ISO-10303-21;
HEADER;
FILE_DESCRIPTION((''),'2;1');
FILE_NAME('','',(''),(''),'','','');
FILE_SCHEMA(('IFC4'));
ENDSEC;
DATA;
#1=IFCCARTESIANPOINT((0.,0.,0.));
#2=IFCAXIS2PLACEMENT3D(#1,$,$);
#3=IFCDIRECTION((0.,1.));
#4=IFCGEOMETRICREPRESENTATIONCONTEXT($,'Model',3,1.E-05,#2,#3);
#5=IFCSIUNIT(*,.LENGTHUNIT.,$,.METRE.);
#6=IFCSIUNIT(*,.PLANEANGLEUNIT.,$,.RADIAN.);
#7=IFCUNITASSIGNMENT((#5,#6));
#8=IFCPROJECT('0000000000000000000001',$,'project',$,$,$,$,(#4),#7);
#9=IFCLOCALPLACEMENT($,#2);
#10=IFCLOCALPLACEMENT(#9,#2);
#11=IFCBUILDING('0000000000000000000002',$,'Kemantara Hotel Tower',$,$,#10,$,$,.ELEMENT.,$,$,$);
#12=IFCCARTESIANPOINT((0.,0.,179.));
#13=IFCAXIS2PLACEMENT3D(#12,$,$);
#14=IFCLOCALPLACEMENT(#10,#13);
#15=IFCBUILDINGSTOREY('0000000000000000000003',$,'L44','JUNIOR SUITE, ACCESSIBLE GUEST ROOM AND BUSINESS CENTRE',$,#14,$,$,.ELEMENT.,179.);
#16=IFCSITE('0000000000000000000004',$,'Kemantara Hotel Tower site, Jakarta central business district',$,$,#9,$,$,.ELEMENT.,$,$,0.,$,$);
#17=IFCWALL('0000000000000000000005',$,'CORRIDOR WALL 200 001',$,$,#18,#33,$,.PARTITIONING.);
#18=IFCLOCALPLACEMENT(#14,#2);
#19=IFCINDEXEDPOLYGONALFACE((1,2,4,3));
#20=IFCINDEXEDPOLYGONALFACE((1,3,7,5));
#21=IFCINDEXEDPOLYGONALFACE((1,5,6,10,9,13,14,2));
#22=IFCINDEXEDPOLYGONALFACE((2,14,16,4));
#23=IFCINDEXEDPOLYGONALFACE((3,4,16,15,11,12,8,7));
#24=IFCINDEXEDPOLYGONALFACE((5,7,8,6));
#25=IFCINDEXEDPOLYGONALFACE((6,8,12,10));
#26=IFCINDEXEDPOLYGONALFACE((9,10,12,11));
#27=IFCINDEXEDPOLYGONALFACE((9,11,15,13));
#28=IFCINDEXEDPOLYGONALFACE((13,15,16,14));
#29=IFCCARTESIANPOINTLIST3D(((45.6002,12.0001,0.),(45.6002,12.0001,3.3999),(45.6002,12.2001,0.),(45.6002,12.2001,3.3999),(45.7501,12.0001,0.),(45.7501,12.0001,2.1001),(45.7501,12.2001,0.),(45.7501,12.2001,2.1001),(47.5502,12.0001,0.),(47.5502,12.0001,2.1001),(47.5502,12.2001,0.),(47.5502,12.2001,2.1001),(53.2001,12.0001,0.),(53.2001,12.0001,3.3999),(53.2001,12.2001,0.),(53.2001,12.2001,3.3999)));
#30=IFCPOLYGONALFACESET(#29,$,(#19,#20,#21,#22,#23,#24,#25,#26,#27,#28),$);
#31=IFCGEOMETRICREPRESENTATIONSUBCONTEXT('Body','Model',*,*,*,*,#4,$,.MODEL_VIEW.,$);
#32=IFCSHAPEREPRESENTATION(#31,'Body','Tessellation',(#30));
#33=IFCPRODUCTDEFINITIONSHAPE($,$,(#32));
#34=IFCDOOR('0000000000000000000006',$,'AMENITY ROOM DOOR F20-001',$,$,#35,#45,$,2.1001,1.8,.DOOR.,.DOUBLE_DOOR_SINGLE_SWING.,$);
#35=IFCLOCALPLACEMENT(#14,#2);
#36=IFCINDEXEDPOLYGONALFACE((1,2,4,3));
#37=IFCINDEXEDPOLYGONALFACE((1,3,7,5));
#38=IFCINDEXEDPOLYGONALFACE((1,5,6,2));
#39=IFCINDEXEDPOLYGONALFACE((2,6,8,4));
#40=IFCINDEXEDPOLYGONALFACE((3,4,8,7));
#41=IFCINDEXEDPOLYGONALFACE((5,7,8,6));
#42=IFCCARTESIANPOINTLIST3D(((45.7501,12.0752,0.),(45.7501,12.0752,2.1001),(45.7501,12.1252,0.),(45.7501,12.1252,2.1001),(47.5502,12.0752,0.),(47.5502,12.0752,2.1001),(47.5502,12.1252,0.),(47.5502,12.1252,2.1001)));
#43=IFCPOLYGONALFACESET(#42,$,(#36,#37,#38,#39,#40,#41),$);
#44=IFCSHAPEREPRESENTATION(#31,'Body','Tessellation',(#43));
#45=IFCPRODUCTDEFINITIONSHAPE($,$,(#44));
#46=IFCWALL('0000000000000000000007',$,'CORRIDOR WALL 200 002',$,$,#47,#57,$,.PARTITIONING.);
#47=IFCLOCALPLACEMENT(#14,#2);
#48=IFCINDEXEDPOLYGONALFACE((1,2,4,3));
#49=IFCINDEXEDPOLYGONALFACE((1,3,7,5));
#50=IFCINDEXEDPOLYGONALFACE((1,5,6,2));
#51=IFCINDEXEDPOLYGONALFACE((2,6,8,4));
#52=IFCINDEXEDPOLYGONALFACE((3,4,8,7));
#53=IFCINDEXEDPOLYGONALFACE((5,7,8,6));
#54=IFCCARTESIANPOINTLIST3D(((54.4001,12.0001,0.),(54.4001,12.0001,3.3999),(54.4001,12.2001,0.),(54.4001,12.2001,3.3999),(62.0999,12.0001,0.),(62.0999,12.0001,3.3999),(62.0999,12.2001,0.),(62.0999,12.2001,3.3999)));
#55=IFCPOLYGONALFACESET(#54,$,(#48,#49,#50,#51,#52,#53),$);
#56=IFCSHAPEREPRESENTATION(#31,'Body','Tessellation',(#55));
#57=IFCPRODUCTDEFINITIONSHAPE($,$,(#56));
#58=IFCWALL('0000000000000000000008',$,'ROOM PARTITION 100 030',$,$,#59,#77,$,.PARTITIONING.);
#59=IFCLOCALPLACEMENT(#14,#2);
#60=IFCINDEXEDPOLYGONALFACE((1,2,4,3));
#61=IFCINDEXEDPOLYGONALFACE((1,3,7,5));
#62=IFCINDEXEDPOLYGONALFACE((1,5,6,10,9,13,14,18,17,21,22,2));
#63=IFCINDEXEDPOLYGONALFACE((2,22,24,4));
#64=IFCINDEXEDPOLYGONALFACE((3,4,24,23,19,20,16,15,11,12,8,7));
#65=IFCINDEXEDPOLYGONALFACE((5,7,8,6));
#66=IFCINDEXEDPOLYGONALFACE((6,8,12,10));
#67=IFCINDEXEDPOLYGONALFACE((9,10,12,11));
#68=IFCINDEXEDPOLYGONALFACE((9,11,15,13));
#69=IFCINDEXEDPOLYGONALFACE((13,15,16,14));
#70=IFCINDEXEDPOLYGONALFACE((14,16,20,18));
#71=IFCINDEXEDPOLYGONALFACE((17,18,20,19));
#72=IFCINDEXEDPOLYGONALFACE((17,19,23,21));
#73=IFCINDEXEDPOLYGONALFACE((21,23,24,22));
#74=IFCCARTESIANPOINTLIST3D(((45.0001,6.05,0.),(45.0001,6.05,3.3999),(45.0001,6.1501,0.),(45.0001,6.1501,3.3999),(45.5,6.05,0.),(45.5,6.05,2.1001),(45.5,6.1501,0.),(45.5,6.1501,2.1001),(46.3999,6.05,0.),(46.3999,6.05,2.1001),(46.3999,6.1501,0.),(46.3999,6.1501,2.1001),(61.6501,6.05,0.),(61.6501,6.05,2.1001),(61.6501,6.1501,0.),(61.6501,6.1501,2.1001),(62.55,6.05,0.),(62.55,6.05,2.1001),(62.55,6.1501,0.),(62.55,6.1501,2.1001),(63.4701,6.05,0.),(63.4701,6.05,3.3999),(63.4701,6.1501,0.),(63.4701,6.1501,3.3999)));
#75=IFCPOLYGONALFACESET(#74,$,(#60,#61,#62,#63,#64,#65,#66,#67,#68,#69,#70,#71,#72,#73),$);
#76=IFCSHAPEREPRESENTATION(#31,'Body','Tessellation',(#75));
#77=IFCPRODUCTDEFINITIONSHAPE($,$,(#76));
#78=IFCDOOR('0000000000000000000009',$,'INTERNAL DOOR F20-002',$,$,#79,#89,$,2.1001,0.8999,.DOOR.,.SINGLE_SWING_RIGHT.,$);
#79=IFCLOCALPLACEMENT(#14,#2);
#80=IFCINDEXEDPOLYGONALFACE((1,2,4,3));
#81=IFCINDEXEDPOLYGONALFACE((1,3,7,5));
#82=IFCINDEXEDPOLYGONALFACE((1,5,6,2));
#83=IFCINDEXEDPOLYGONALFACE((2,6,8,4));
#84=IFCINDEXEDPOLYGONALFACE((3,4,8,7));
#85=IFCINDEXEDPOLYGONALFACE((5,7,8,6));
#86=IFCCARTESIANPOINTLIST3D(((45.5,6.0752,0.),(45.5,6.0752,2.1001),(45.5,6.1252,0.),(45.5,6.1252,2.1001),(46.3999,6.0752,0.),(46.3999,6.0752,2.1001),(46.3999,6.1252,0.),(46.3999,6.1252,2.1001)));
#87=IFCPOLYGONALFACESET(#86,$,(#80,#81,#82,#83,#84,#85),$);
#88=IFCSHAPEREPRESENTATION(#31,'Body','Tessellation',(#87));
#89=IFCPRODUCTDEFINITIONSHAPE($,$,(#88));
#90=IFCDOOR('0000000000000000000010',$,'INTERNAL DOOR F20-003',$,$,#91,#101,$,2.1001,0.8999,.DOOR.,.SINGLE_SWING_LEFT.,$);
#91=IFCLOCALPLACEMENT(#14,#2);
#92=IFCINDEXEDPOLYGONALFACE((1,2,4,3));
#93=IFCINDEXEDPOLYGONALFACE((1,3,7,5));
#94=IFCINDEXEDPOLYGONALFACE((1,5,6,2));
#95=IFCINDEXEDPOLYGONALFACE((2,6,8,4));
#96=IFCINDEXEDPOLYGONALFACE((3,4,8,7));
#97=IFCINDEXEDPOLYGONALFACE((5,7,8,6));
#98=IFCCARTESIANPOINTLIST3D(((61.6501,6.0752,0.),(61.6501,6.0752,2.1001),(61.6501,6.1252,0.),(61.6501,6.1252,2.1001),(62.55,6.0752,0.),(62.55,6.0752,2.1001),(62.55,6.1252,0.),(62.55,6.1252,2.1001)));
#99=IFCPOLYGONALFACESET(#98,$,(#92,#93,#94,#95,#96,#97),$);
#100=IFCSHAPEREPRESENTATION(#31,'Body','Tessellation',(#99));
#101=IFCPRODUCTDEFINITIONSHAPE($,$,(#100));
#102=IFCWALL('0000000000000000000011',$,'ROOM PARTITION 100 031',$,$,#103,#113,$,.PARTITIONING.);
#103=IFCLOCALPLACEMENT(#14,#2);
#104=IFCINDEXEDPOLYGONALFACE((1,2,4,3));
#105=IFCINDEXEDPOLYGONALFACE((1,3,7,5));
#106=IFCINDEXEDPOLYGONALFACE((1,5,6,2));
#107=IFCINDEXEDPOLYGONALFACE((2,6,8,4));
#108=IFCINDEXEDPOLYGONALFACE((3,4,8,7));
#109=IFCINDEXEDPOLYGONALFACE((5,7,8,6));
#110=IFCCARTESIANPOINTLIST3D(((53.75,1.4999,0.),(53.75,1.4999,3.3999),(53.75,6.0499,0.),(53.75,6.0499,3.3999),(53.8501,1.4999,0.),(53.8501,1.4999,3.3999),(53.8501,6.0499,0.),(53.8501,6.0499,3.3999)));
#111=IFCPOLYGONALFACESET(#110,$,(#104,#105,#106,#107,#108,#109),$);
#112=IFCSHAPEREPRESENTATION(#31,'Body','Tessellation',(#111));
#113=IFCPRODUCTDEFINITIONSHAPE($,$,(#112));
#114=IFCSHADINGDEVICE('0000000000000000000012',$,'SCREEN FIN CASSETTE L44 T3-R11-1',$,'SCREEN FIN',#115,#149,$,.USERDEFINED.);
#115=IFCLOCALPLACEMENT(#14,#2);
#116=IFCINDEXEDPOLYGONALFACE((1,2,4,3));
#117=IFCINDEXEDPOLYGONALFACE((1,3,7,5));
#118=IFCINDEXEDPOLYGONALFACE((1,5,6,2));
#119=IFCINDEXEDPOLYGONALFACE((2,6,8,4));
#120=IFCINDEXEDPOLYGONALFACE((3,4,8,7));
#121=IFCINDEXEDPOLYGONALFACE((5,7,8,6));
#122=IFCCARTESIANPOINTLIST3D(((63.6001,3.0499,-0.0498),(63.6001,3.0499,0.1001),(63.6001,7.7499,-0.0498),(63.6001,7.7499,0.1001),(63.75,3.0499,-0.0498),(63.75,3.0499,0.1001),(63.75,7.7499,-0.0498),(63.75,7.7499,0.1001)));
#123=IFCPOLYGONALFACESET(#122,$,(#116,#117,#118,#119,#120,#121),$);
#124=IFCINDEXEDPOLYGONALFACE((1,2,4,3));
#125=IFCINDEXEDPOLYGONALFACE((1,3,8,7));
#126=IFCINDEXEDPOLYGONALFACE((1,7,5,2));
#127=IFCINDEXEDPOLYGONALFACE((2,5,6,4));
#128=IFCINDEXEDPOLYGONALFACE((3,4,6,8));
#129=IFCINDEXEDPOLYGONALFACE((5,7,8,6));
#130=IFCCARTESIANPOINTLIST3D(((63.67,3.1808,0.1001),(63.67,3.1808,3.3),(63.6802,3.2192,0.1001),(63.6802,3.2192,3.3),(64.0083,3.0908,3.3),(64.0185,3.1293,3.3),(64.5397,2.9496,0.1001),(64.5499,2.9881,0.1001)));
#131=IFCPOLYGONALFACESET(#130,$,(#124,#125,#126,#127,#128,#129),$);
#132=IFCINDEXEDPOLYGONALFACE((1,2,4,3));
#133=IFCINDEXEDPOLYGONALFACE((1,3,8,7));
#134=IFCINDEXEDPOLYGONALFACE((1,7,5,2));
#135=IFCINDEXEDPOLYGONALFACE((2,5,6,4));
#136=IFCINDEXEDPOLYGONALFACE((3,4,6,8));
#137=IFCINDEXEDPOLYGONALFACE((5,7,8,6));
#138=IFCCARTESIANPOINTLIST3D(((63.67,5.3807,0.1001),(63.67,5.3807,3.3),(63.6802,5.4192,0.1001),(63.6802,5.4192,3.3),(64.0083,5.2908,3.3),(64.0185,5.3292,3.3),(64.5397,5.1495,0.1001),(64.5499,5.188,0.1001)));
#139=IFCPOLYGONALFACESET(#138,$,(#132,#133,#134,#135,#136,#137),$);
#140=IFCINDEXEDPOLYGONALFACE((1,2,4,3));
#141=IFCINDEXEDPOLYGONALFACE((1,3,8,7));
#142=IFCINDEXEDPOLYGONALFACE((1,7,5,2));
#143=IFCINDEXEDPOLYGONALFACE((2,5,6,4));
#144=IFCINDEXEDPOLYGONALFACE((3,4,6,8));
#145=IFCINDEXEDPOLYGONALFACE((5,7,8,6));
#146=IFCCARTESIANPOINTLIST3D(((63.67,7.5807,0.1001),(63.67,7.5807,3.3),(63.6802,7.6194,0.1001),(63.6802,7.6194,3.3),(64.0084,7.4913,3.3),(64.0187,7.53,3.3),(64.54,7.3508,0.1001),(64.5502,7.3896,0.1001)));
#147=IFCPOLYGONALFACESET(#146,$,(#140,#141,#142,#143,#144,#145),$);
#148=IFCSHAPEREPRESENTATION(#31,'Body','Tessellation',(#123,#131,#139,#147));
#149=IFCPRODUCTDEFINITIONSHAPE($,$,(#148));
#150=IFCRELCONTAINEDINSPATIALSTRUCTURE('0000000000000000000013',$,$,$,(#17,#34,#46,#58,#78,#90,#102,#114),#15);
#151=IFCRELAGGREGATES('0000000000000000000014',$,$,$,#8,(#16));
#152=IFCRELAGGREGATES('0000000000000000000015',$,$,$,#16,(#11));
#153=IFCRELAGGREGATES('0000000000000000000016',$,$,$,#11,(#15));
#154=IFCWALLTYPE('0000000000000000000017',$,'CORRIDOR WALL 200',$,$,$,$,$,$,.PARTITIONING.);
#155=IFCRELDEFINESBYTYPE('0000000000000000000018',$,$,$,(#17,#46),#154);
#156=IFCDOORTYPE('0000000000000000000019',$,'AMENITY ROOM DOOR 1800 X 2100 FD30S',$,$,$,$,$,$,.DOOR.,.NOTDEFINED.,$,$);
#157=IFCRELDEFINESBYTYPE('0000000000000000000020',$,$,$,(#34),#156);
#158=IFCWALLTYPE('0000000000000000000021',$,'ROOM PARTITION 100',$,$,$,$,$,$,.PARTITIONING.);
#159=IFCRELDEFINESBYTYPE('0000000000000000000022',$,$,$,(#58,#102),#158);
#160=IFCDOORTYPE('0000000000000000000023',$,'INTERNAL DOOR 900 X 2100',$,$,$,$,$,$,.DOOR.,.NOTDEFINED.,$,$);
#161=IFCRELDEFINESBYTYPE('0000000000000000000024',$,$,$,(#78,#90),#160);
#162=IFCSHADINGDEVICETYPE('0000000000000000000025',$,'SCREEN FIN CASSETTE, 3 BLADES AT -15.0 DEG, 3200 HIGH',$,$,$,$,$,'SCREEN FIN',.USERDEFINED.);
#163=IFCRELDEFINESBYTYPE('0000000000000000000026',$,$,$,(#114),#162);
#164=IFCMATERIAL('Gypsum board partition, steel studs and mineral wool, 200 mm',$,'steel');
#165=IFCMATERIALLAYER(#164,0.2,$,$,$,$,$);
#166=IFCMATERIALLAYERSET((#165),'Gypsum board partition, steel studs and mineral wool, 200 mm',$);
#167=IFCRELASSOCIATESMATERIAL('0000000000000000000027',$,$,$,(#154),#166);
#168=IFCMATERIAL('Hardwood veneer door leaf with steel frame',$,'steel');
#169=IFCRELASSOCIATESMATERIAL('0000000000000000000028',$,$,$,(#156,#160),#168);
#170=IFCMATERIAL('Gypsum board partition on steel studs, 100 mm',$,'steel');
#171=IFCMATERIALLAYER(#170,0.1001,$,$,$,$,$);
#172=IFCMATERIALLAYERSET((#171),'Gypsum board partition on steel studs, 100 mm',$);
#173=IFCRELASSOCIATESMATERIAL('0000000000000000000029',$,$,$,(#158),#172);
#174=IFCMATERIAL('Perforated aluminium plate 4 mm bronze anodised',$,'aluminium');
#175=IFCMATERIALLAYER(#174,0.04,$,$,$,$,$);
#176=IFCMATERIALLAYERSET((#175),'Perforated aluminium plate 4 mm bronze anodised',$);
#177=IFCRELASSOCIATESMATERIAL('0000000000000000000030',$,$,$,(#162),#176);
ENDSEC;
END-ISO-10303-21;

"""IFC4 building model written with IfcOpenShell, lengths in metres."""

from ifc_helpers import new_model, si_unit, direction, frame, frame_2d, origin, origin_2d, place, context, subcontext, project, spatial, polyline, rectangle, outline, extrude, source, transform, mapped, material, layer, layer_set, type_object, element, fill, save


model = new_model("IFC4")

# Units and contexts
model_context = context("Model", 3, precision=1e-05, world=origin(), true_north=direction((0.0, 1.0)))
body_context = subcontext(model_context, "Body", "Model", "MODEL_VIEW")
ifc_project = project(units=[si_unit("LENGTHUNIT", "METRE"), si_unit("PLANEANGLEUNIT", "RADIAN")], contexts=[model_context])

# Site, building, storey
site_placement = place(None, origin())
site = spatial("IfcSite", under=ifc_project, at=site_placement, Name="Kemantara Hotel Tower site, Jakarta central business district", CompositionType="ELEMENT", RefElevation=0.0)
building_placement = place(site_placement, origin())
building = spatial("IfcBuilding", under=site, at=building_placement, Name="Kemantara Hotel Tower", CompositionType="ELEMENT")
storey_placement = place(building_placement, frame((0.0, 0.0, 179.0)))
storey = spatial("IfcBuildingStorey", under=building, at=storey_placement, Name="L44", Description="JUNIOR SUITE, ACCESSIBLE GUEST ROOM AND BUSINESS CENTRE", CompositionType="ELEMENT", Elevation=179.0)

# Wall, opening, door
ifc_material_1 = material(Name="Gypsum board partition, steel studs and mineral wool, 200 mm", Category="steel")
ifc_layer_1 = layer(ifc_material_1, 0.2)
ifc_layer_set_1 = layer_set([ifc_layer_1], Name="Gypsum board partition, steel studs and mineral wool, 200 mm")
wall_type_1 = type_object("IfcWallType", Name="CORRIDOR WALL 200", PredefinedType="PARTITIONING", material=ifc_layer_set_1)
wall_1_placement = place(storey_placement, frame((53.2, 12.1001, 0.0), z_axis=(0.0, 0.0, 1.0), x_axis=(-1.0, 0.0, 0.0)))
wall_1 = element("IfcWall", 1, at=wall_1_placement, inside=storey, type_object=wall_type_1, Name="CORRIDOR WALL 200 001", PredefinedType="PARTITIONING", context=body_context, shape_type="SweptSolid", body=[
    extrude(rectangle(XDim=7.5999, YDim=0.2, at=frame_2d((3.7998, 0.0))), origin(), (0.0, 0.0, 1.0), 3.3999),
])
opening_1_placement = place(wall_1_placement, frame((5.6499, 0.0, 0.0)))
opening_1 = element("IfcOpeningElement", 2, at=opening_1_placement, cuts=wall_1, PredefinedType="OPENING", context=body_context, shape_type="SweptSolid", body=[
    extrude(rectangle(XDim=1.8, YDim=2.1001, at=frame_2d((0.8999, 1.05))), frame((0.0, 0.1099, 0.0), z_axis=(0.0, -1.0, 0.0), x_axis=(1.0, 0.0, 0.0)), (0.0, 0.0, 1.0), 0.22),
])
ifc_material_2 = material(Name="Hardwood veneer door leaf with steel frame", Category="steel")
door_type_1 = type_object("IfcDoorType", Name="AMENITY ROOM DOOR 1800 X 2100 FD30S", OperationType="NOTDEFINED", PredefinedType="DOOR", material=ifc_material_2)
door_1_placement = place(opening_1_placement, origin())
door_1 = element("IfcDoor", 3, at=door_1_placement, inside=storey, type_object=door_type_1, Name="AMENITY ROOM DOOR F20-001", OperationType="DOUBLE_DOOR_SINGLE_SWING", OverallHeight=2.1001, OverallWidth=1.8, PredefinedType="DOOR", context=body_context, shape_type="SweptSolid", body=[
    extrude(rectangle(XDim=1.8, YDim=2.1001, at=frame_2d((0.8999, 1.05))), frame((0.0, 0.0249, 0.0), z_axis=(0.0, -1.0, 0.0), x_axis=(1.0, 0.0, 0.0)), (0.0, 0.0, 1.0), 0.05),
])
fill(opening_1, door_1)

# Wall
wall_2_placement = place(storey_placement, frame((54.4001, 12.1001, 0.0), z_axis=(0.0, 0.0, 1.0), x_axis=(1.0, 0.0, 0.0)))
element("IfcWall", 4, at=wall_2_placement, inside=storey, type_object=wall_type_1, Name="CORRIDOR WALL 200 002", PredefinedType="PARTITIONING", context=body_context, shape_type="SweptSolid", body=[
    extrude(rectangle(XDim=7.6997, YDim=0.2, at=frame_2d((3.8499, 0.0))), origin(), (0.0, 0.0, 1.0), 3.3999),
])

# Wall, openings, doors
ifc_material_3 = material(Name="Gypsum board partition on steel studs, 100 mm", Category="steel")
ifc_layer_2 = layer(ifc_material_3, 0.1001)
ifc_layer_set_2 = layer_set([ifc_layer_2], Name="Gypsum board partition on steel studs, 100 mm")
wall_type_2 = type_object("IfcWallType", Name="ROOM PARTITION 100", PredefinedType="PARTITIONING", material=ifc_layer_set_2)
wall_3_placement = place(storey_placement, frame((63.47, 6.1001, 0.0), z_axis=(0.0, 0.0, 1.0), x_axis=(-1.0, 0.0, 0.0)))
wall_3 = element("IfcWall", 5, at=wall_3_placement, inside=storey, type_object=wall_type_2, Name="ROOM PARTITION 100 030", PredefinedType="PARTITIONING", context=body_context, shape_type="SweptSolid", body=[
    extrude(rectangle(XDim=18.47, YDim=0.1001, at=frame_2d((9.2349, 0.0))), origin(), (0.0, 0.0, 1.0), 3.3999),
])
opening_2_placement = place(wall_3_placement, frame((17.0701, 0.0, 0.0)))
opening_2 = element("IfcOpeningElement", 6, at=opening_2_placement, cuts=wall_3, PredefinedType="OPENING", context=body_context, shape_type="SweptSolid", body=[
    extrude(rectangle(XDim=0.8999, YDim=2.1001, at=frame_2d((0.45, 1.05))), frame((0.0, 0.0601, 0.0), z_axis=(0.0, -1.0, 0.0), x_axis=(1.0, 0.0, 0.0)), (0.0, 0.0, 1.0), 0.1201),
])
opening_3_placement = place(wall_3_placement, frame((0.9199, 0.0, 0.0)))
opening_3 = element("IfcOpeningElement", 7, at=opening_3_placement, cuts=wall_3, PredefinedType="OPENING", context=body_context, shape_type="SweptSolid", body=[
    extrude(rectangle(XDim=0.8999, YDim=2.1001, at=frame_2d((0.45, 1.05))), frame((0.0, 0.0601, 0.0), z_axis=(0.0, -1.0, 0.0), x_axis=(1.0, 0.0, 0.0)), (0.0, 0.0, 1.0), 0.1201),
])
door_type_2 = type_object("IfcDoorType", Name="INTERNAL DOOR 900 X 2100", OperationType="NOTDEFINED", PredefinedType="DOOR", material=ifc_material_2)
door_2_placement = place(opening_2_placement, origin())
door_2 = element("IfcDoor", 8, at=door_2_placement, inside=storey, type_object=door_type_2, Name="INTERNAL DOOR F20-002", OperationType="SINGLE_SWING_RIGHT", OverallHeight=2.1001, OverallWidth=0.8999, PredefinedType="DOOR", context=body_context, shape_type="SweptSolid", body=[
    extrude(rectangle(XDim=0.8999, YDim=2.1001, at=frame_2d((0.45, 1.05))), frame((0.0, 0.0249, 0.0), z_axis=(0.0, -1.0, 0.0), x_axis=(1.0, 0.0, 0.0)), (0.0, 0.0, 1.0), 0.05),
])
fill(opening_2, door_2)
door_3_placement = place(opening_3_placement, origin())
door_3 = element("IfcDoor", 9, at=door_3_placement, inside=storey, type_object=door_type_2, Name="INTERNAL DOOR F20-003", OperationType="SINGLE_SWING_LEFT", OverallHeight=2.1001, OverallWidth=0.8999, PredefinedType="DOOR", context=body_context, shape_type="SweptSolid", body=[
    extrude(rectangle(XDim=0.8999, YDim=2.1001, at=frame_2d((0.45, 1.05))), frame((0.0, 0.0249, 0.0), z_axis=(0.0, -1.0, 0.0), x_axis=(1.0, 0.0, 0.0)), (0.0, 0.0, 1.0), 0.05),
])
fill(opening_3, door_3)

# Wall
wall_4_placement = place(storey_placement, frame((53.8, 1.5, 0.0), z_axis=(0.0, 0.0, 1.0), x_axis=(0.0, 1.0, 0.0)))
element("IfcWall", 10, at=wall_4_placement, inside=storey, type_object=wall_type_2, Name="ROOM PARTITION 100 031", PredefinedType="PARTITIONING", context=body_context, shape_type="SweptSolid", body=[
    extrude(rectangle(XDim=4.55, YDim=0.1001, at=frame_2d((2.2749, 0.0))), origin(), (0.0, 0.0, 1.0), 3.3999),
])

# Shading device
ifc_material_4 = material(Name="Perforated aluminium plate 4 mm bronze anodised", Category="aluminium")
ifc_layer_3 = layer(ifc_material_4, 0.04)
ifc_layer_set_3 = layer_set([ifc_layer_3], Name="Perforated aluminium plate 4 mm bronze anodised")
shading_device_type_1 = type_object("IfcShadingDeviceType", Name="SCREEN FIN CASSETTE, 3 BLADES AT -15.0 DEG, 3200 HIGH", ElementType="SCREEN FIN", PredefinedType="USERDEFINED", material=ifc_layer_set_3)
shared_shape_1 = source(origin(), body_context, "Body", "SweptSolid", [
    extrude(rectangle(XDim=4.7, YDim=0.1499, at=origin_2d()), frame((2.2, -0.075, -0.1499), z_axis=(0.0, 0.0, 1.0), x_axis=(1.0, 0.0, 0.0)), (0.0, 0.0, 1.0), 0.1499),
    extrude(outline(polyline([(0.0, 0.0), (0.8999, 0.0), (0.3501, 3.2), (0.0, 3.2), (0.0, 0.0)])), frame((0.0193, -0.0801, 0.0), z_axis=(-0.966438, 0.256901, 0.0), x_axis=(-0.256901, -0.966438, 0.0)), (0.0, 0.0, 1.0), 0.0398),
    extrude(outline(polyline([(0.0, 0.0), (0.8999, 0.0), (0.3501, 3.2), (0.0, 3.2), (0.0, 0.0)])), frame((2.2192, -0.0801, 0.0), z_axis=(-0.966438, 0.256901, 0.0), x_axis=(-0.256901, -0.966438, 0.0)), (0.0, 0.0, 1.0), 0.0398),
    extrude(outline(polyline([(0.0, 0.0), (0.8999, 0.0), (0.3501, 3.2), (0.0, 3.2), (0.0, 0.0)])), frame((4.4194, -0.0801, 0.0), z_axis=(-0.966838, 0.255391, 0.0), x_axis=(-0.255391, -0.966838, 0.0)), (0.0, 0.0, 1.0), 0.04),
])
shading_device_1_placement = place(storey_placement, frame((63.6001, 3.2, 0.1001), z_axis=(0.0, 0.0, 1.0), x_axis=(0.0, 1.0, 0.0)))
element("IfcShadingDevice", 11, at=shading_device_1_placement, inside=storey, type_object=shading_device_type_1, Name="SCREEN FIN CASSETTE L44 T3-R11-1", ObjectType="SCREEN FIN", PredefinedType="USERDEFINED", context=body_context, shape_type="MappedRepresentation", body=[
    mapped(shared_shape_1, transform((0.0, 0.0, 0.0))),
])

save(model, "model.ifc")
